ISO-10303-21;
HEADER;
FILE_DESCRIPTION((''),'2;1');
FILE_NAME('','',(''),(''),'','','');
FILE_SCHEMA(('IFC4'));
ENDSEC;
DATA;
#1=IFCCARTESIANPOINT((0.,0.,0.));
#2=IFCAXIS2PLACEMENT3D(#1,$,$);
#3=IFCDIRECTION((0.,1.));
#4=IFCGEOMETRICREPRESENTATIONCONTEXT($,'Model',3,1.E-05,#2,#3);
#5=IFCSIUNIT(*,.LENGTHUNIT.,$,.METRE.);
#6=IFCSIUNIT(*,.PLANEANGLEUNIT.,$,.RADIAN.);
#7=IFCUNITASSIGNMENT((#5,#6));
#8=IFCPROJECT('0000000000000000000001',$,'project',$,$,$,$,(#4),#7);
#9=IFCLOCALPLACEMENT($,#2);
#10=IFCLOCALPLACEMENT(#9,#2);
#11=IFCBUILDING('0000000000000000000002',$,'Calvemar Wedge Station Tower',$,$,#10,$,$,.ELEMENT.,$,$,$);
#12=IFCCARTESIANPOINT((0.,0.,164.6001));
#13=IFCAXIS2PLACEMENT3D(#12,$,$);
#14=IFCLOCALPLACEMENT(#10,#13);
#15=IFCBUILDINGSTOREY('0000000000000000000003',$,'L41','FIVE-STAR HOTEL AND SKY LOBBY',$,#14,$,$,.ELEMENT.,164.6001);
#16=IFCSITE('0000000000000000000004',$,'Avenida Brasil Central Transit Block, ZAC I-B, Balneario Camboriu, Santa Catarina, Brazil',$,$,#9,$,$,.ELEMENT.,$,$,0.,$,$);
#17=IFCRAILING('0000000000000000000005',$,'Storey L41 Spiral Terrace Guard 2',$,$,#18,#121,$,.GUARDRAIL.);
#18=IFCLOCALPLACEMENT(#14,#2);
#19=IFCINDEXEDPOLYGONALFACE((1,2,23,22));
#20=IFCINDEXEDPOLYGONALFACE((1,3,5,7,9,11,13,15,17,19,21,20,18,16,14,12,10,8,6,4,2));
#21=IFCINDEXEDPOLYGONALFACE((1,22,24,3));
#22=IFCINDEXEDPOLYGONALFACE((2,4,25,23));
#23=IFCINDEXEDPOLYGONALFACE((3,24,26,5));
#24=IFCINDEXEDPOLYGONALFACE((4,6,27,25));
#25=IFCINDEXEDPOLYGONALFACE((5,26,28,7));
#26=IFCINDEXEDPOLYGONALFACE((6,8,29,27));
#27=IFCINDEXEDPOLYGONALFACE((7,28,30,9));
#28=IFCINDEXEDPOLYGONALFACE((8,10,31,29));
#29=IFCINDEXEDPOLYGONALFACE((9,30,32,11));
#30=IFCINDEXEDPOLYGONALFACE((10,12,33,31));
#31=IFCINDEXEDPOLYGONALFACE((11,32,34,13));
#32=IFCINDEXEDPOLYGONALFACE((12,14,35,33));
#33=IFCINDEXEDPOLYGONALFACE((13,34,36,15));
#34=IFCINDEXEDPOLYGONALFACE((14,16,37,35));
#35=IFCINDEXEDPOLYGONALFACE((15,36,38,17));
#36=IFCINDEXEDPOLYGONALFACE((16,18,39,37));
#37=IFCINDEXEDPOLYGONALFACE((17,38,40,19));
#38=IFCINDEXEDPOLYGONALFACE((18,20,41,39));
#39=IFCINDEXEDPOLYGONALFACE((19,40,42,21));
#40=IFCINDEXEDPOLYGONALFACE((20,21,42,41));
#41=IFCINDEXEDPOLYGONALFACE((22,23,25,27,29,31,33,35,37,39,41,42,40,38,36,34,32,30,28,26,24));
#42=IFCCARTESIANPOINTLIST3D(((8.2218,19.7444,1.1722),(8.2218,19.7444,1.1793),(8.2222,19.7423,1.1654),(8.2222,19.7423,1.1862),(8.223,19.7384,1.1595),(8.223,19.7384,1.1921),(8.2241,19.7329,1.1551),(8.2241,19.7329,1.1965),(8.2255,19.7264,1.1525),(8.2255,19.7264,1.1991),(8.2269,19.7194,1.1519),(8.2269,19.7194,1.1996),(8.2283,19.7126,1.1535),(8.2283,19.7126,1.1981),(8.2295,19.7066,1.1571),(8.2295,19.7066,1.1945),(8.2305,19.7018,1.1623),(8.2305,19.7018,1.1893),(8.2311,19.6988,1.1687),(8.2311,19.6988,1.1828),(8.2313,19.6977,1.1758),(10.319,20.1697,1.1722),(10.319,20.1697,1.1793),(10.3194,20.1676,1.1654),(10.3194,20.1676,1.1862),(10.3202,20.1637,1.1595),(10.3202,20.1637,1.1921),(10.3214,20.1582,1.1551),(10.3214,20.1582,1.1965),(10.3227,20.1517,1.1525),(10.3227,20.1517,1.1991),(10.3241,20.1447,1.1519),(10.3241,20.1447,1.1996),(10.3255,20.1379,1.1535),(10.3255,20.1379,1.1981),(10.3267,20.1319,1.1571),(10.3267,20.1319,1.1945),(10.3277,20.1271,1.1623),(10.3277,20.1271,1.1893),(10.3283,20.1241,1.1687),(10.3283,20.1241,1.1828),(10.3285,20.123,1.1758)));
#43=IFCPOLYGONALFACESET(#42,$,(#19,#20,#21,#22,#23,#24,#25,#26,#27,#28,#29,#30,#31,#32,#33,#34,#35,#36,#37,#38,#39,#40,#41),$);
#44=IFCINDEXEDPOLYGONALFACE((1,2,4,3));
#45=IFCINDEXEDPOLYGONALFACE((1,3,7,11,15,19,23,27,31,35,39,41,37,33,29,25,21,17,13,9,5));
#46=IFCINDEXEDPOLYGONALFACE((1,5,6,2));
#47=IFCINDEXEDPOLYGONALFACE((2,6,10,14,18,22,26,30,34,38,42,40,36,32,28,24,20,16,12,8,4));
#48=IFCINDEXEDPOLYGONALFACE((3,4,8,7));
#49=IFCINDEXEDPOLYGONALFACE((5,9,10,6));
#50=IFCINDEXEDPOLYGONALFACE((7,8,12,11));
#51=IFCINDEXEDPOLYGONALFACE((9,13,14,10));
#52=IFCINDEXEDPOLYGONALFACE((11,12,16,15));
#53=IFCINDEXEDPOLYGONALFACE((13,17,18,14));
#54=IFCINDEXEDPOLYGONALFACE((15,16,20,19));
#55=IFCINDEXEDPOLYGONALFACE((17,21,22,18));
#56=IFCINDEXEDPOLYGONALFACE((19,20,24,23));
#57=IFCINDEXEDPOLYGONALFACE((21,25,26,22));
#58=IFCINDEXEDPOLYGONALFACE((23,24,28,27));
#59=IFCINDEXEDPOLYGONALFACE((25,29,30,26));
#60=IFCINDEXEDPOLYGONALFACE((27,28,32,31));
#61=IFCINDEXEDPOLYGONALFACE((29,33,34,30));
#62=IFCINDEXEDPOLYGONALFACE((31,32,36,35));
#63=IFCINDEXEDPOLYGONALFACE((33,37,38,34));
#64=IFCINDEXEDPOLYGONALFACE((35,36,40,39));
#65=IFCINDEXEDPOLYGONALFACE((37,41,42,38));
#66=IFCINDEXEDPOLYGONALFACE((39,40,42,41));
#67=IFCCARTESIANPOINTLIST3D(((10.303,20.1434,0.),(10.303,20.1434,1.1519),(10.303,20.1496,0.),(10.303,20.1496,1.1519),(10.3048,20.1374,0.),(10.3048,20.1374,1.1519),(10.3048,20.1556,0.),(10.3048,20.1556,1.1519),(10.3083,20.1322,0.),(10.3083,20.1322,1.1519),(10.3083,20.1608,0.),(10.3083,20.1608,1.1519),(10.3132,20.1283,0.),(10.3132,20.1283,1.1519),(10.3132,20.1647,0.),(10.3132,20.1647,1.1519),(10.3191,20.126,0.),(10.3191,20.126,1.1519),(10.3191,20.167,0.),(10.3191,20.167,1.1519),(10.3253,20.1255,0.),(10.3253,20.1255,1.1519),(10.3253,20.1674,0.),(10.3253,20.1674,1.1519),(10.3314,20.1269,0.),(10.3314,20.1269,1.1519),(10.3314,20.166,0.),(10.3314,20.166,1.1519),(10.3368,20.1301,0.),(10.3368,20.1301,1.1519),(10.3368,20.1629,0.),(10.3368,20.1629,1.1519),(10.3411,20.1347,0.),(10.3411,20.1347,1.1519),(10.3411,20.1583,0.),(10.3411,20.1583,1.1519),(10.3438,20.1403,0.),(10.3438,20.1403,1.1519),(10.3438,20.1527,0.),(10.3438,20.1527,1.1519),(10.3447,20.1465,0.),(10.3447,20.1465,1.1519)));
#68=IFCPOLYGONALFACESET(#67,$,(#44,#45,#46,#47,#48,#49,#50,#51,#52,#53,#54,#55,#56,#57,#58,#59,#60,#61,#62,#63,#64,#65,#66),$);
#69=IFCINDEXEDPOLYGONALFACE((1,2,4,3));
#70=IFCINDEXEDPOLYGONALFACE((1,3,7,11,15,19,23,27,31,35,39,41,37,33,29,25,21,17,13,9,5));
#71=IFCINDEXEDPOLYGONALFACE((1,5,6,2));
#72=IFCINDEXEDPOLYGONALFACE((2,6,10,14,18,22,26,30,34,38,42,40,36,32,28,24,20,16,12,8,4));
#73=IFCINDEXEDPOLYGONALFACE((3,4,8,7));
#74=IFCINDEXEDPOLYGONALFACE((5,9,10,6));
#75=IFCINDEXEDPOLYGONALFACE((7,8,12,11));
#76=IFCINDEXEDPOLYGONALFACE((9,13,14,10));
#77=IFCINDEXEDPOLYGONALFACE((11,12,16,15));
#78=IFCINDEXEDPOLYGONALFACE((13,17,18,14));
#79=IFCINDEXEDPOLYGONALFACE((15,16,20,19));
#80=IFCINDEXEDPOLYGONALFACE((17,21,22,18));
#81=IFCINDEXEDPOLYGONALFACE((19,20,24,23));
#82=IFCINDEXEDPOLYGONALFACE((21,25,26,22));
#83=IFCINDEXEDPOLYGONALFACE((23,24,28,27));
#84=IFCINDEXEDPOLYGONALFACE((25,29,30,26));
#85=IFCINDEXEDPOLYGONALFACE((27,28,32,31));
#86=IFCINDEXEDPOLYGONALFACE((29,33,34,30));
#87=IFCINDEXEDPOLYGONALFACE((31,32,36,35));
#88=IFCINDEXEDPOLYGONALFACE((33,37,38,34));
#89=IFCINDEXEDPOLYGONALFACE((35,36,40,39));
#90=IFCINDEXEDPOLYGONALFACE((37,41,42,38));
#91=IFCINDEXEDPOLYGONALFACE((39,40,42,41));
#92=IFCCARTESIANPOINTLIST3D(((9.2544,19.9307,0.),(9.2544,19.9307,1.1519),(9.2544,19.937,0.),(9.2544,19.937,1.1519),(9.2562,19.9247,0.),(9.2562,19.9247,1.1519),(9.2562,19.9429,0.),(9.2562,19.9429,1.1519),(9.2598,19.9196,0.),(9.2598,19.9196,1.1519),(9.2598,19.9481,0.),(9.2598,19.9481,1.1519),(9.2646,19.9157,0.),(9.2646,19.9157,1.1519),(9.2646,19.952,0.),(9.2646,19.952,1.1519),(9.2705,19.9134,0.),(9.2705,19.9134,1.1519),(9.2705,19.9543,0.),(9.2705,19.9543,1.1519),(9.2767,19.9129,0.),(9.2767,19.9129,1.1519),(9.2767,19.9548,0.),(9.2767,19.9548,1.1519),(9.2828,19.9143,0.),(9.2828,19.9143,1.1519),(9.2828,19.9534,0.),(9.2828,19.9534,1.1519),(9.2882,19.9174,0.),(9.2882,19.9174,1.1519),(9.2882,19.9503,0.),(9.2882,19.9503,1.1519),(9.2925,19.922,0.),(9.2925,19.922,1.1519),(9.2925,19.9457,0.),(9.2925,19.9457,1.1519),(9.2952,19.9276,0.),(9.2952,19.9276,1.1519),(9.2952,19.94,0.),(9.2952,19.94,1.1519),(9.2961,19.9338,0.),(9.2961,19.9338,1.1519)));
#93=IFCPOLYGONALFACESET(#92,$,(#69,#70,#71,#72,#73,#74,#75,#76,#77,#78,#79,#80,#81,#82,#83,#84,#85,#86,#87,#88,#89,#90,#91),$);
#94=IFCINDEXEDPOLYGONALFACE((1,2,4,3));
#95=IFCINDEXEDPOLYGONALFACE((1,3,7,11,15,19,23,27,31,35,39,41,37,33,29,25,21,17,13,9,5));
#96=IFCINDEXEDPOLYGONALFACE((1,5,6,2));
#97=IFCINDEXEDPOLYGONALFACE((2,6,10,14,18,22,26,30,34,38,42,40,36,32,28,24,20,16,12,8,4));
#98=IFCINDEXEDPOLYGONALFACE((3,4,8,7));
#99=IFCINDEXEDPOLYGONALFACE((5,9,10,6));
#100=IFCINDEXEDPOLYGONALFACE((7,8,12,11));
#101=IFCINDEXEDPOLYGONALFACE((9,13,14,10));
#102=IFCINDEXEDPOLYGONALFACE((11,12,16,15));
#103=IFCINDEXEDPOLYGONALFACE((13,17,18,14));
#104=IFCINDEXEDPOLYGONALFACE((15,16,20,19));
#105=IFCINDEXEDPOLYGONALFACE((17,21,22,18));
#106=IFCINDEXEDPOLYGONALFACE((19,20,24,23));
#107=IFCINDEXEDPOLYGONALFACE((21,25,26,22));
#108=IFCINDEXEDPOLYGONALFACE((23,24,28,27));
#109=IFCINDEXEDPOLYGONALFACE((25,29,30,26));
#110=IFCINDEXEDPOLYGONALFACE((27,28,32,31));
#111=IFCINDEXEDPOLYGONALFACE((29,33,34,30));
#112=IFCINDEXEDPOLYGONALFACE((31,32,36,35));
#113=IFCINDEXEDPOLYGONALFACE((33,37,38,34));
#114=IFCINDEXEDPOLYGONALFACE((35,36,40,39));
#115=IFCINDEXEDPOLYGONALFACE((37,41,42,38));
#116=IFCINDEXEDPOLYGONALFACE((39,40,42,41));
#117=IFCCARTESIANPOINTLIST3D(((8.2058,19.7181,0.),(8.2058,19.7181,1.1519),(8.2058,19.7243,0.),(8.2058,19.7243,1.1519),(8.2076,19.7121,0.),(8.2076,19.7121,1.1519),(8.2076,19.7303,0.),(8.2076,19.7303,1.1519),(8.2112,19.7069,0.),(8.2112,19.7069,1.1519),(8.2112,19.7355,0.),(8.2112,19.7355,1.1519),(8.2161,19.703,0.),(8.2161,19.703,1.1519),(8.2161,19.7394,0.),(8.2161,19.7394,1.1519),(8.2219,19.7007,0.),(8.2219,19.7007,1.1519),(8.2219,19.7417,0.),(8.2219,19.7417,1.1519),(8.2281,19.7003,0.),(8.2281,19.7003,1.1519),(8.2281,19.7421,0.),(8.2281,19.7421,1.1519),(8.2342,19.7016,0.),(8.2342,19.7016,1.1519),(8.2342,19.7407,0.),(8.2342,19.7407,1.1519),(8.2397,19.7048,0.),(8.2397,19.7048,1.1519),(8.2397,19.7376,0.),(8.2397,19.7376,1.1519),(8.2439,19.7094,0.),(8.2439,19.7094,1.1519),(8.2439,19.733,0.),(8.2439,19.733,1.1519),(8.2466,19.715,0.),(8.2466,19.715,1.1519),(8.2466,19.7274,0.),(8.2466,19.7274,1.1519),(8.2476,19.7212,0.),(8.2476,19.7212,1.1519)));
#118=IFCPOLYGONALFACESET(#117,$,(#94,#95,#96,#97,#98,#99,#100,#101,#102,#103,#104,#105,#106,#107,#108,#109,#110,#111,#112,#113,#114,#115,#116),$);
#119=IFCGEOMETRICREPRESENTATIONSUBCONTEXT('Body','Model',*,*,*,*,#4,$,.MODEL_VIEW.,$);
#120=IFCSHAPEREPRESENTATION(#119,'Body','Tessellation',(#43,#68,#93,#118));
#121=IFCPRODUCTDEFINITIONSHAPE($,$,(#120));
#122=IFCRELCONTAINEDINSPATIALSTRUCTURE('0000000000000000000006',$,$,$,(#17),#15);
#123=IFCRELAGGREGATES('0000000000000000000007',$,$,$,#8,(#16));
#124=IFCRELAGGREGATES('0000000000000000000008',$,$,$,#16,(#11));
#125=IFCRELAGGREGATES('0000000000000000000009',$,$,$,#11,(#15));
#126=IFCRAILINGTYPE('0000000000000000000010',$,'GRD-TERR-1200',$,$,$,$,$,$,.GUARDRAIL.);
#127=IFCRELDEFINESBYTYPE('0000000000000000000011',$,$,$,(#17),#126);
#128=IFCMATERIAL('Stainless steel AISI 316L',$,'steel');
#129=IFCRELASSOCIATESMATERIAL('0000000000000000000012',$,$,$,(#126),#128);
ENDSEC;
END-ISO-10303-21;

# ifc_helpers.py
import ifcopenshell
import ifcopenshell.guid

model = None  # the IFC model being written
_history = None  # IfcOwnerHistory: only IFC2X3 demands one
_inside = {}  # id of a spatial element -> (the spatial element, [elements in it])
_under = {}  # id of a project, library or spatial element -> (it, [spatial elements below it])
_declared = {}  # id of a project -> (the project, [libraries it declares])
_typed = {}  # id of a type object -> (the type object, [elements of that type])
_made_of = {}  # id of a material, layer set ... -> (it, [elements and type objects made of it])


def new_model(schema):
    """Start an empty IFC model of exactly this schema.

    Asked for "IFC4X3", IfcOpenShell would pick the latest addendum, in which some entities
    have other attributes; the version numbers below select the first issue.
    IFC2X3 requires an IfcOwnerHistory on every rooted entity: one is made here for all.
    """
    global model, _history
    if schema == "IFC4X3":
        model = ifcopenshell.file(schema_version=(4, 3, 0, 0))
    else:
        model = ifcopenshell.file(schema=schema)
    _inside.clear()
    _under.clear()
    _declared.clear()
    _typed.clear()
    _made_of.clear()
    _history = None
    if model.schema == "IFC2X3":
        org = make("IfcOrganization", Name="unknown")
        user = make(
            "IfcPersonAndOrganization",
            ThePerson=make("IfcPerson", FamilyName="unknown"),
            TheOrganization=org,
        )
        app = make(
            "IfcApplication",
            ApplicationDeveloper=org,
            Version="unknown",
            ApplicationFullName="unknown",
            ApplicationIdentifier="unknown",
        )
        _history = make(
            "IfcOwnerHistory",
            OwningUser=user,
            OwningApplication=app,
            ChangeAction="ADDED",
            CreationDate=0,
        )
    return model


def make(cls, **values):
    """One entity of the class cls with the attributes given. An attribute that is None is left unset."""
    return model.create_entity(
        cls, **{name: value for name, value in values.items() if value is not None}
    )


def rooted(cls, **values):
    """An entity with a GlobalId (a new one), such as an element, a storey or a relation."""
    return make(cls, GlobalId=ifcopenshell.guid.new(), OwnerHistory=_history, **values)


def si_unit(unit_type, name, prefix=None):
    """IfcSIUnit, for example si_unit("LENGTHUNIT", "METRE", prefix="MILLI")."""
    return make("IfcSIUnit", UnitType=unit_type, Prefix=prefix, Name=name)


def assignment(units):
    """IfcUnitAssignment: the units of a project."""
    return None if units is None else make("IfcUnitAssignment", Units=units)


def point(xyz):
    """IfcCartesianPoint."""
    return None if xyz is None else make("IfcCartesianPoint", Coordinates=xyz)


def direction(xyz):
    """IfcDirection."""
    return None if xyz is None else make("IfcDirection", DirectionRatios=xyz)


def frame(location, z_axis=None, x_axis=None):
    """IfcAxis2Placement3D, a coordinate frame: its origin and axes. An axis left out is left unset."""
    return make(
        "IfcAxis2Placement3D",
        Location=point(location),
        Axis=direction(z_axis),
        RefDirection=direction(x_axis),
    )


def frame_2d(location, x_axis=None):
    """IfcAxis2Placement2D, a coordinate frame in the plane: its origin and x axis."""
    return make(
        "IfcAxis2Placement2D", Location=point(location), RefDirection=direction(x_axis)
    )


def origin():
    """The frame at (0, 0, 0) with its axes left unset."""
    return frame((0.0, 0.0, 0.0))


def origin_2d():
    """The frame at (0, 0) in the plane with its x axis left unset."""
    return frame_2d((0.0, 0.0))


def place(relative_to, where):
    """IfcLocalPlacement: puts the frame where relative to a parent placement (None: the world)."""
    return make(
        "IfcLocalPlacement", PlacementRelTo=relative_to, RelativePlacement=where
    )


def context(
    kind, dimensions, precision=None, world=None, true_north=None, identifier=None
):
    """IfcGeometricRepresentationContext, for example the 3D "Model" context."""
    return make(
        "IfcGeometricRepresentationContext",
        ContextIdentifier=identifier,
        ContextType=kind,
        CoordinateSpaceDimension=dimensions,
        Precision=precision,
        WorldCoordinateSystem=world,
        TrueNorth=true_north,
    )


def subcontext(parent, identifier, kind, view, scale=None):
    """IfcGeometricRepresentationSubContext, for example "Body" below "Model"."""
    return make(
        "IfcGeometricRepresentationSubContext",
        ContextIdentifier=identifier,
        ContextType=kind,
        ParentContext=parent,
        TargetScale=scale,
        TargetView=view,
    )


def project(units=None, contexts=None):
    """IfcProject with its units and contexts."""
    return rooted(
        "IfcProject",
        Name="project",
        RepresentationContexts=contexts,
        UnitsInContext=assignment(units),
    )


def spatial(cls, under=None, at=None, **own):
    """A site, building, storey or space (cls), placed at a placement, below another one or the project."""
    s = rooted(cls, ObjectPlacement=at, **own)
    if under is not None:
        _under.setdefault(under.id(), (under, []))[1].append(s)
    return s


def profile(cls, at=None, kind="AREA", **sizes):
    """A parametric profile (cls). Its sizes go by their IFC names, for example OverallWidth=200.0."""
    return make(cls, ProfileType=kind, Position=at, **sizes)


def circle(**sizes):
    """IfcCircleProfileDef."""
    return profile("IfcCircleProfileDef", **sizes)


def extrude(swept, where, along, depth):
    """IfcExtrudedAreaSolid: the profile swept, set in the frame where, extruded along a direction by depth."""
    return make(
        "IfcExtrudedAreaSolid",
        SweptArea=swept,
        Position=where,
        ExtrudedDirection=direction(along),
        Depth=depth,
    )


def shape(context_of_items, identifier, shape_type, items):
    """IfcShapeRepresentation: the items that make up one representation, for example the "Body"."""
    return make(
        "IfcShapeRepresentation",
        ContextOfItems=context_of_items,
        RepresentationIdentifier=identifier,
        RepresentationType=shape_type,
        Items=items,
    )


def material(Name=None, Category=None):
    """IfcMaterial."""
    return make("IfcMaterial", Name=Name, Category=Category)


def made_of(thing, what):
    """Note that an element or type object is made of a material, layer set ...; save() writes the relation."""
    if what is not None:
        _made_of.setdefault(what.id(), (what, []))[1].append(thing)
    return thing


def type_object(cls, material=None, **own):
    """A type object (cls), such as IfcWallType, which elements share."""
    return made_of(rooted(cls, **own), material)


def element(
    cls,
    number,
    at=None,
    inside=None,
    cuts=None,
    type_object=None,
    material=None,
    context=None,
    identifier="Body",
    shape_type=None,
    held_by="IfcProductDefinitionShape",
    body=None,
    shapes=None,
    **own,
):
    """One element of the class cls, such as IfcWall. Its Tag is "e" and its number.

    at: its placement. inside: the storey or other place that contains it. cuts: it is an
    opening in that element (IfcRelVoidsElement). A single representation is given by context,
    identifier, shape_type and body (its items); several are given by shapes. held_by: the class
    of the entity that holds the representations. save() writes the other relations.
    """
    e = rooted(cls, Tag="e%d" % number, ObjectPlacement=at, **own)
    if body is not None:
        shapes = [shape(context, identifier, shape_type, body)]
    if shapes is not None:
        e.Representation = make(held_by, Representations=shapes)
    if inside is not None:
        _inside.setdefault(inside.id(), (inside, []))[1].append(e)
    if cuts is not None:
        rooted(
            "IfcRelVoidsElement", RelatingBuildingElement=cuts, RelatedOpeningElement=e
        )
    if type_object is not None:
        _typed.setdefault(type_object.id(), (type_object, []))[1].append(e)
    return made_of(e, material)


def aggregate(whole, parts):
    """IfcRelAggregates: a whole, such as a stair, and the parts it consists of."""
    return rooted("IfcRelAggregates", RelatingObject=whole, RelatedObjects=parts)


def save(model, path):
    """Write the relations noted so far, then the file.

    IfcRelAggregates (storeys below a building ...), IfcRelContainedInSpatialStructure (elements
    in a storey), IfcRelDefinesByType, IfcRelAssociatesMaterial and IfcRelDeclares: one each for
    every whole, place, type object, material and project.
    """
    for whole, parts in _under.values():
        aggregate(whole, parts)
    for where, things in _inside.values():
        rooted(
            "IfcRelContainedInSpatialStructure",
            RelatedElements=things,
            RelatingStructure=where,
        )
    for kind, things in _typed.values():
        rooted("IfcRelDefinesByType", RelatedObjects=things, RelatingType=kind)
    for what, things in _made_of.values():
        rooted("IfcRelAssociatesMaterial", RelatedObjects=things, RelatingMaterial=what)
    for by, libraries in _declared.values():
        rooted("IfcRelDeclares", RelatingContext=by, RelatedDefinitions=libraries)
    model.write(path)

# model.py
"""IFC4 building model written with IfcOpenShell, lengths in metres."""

from ifc_helpers import new_model, si_unit, direction, frame, origin, origin_2d, place, context, subcontext, project, spatial, circle, extrude, material, type_object, element, save


model = new_model("IFC4")

# Units and contexts
model_context = context("Model", 3, precision=1e-05, world=origin(), true_north=direction((0.0, 1.0)))
body_context = subcontext(model_context, "Body", "Model", "MODEL_VIEW")
ifc_project = project(units=[si_unit("LENGTHUNIT", "METRE"), si_unit("PLANEANGLEUNIT", "RADIAN")], contexts=[model_context])

# Site, building, storey
site_placement = place(None, origin())
site = spatial("IfcSite", under=ifc_project, at=site_placement, Name="Avenida Brasil Central Transit Block, ZAC I-B, Balneario Camboriu, Santa Catarina, Brazil", CompositionType="ELEMENT", RefElevation=0.0)
building_placement = place(site_placement, origin())
building = spatial("IfcBuilding", under=site, at=building_placement, Name="Calvemar Wedge Station Tower", CompositionType="ELEMENT")
storey_placement = place(building_placement, frame((0.0, 0.0, 164.6001)))
storey = spatial("IfcBuildingStorey", under=building, at=storey_placement, Name="L41", Description="FIVE-STAR HOTEL AND SKY LOBBY", CompositionType="ELEMENT", Elevation=164.6001)

# Railing
ifc_material_1 = material(Name="Stainless steel AISI 316L", Category="steel")
railing_type = type_object("IfcRailingType", Name="GRD-TERR-1200", PredefinedType="GUARDRAIL", material=ifc_material_1)
railing_1_placement = place(storey_placement, frame((10.3237, 20.1465, 0.0)))
element("IfcRailing", 1, at=railing_1_placement, inside=storey, type_object=railing_type, Name="Storey L41 Spiral Terrace Guard 2", PredefinedType="GUARDRAIL", context=body_context, shape_type="SweptSolid", body=[
    extrude(circle(Radius=0.0239, at=origin_2d()), frame((0.0, 0.0, 1.1758), z_axis=(-0.980051, -0.198748, 0.0), x_axis=(0.198748, -0.980051, 0.0)), (0.0, 0.0, 1.0), 2.1399),
    extrude(circle(Radius=0.021, at=origin_2d()), origin(), (0.0, 0.0, 1.0), 1.1519),
    extrude(circle(Radius=0.021, at=origin_2d()), frame((-1.0486, -0.2126, 0.0)), (0.0, 0.0, 1.0), 1.1519),
    extrude(circle(Radius=0.021, at=origin_2d()), frame((-2.0972, -0.4253, 0.0)), (0.0, 0.0, 1.0), 1.1519),
])

save(model, "model.ifc")
